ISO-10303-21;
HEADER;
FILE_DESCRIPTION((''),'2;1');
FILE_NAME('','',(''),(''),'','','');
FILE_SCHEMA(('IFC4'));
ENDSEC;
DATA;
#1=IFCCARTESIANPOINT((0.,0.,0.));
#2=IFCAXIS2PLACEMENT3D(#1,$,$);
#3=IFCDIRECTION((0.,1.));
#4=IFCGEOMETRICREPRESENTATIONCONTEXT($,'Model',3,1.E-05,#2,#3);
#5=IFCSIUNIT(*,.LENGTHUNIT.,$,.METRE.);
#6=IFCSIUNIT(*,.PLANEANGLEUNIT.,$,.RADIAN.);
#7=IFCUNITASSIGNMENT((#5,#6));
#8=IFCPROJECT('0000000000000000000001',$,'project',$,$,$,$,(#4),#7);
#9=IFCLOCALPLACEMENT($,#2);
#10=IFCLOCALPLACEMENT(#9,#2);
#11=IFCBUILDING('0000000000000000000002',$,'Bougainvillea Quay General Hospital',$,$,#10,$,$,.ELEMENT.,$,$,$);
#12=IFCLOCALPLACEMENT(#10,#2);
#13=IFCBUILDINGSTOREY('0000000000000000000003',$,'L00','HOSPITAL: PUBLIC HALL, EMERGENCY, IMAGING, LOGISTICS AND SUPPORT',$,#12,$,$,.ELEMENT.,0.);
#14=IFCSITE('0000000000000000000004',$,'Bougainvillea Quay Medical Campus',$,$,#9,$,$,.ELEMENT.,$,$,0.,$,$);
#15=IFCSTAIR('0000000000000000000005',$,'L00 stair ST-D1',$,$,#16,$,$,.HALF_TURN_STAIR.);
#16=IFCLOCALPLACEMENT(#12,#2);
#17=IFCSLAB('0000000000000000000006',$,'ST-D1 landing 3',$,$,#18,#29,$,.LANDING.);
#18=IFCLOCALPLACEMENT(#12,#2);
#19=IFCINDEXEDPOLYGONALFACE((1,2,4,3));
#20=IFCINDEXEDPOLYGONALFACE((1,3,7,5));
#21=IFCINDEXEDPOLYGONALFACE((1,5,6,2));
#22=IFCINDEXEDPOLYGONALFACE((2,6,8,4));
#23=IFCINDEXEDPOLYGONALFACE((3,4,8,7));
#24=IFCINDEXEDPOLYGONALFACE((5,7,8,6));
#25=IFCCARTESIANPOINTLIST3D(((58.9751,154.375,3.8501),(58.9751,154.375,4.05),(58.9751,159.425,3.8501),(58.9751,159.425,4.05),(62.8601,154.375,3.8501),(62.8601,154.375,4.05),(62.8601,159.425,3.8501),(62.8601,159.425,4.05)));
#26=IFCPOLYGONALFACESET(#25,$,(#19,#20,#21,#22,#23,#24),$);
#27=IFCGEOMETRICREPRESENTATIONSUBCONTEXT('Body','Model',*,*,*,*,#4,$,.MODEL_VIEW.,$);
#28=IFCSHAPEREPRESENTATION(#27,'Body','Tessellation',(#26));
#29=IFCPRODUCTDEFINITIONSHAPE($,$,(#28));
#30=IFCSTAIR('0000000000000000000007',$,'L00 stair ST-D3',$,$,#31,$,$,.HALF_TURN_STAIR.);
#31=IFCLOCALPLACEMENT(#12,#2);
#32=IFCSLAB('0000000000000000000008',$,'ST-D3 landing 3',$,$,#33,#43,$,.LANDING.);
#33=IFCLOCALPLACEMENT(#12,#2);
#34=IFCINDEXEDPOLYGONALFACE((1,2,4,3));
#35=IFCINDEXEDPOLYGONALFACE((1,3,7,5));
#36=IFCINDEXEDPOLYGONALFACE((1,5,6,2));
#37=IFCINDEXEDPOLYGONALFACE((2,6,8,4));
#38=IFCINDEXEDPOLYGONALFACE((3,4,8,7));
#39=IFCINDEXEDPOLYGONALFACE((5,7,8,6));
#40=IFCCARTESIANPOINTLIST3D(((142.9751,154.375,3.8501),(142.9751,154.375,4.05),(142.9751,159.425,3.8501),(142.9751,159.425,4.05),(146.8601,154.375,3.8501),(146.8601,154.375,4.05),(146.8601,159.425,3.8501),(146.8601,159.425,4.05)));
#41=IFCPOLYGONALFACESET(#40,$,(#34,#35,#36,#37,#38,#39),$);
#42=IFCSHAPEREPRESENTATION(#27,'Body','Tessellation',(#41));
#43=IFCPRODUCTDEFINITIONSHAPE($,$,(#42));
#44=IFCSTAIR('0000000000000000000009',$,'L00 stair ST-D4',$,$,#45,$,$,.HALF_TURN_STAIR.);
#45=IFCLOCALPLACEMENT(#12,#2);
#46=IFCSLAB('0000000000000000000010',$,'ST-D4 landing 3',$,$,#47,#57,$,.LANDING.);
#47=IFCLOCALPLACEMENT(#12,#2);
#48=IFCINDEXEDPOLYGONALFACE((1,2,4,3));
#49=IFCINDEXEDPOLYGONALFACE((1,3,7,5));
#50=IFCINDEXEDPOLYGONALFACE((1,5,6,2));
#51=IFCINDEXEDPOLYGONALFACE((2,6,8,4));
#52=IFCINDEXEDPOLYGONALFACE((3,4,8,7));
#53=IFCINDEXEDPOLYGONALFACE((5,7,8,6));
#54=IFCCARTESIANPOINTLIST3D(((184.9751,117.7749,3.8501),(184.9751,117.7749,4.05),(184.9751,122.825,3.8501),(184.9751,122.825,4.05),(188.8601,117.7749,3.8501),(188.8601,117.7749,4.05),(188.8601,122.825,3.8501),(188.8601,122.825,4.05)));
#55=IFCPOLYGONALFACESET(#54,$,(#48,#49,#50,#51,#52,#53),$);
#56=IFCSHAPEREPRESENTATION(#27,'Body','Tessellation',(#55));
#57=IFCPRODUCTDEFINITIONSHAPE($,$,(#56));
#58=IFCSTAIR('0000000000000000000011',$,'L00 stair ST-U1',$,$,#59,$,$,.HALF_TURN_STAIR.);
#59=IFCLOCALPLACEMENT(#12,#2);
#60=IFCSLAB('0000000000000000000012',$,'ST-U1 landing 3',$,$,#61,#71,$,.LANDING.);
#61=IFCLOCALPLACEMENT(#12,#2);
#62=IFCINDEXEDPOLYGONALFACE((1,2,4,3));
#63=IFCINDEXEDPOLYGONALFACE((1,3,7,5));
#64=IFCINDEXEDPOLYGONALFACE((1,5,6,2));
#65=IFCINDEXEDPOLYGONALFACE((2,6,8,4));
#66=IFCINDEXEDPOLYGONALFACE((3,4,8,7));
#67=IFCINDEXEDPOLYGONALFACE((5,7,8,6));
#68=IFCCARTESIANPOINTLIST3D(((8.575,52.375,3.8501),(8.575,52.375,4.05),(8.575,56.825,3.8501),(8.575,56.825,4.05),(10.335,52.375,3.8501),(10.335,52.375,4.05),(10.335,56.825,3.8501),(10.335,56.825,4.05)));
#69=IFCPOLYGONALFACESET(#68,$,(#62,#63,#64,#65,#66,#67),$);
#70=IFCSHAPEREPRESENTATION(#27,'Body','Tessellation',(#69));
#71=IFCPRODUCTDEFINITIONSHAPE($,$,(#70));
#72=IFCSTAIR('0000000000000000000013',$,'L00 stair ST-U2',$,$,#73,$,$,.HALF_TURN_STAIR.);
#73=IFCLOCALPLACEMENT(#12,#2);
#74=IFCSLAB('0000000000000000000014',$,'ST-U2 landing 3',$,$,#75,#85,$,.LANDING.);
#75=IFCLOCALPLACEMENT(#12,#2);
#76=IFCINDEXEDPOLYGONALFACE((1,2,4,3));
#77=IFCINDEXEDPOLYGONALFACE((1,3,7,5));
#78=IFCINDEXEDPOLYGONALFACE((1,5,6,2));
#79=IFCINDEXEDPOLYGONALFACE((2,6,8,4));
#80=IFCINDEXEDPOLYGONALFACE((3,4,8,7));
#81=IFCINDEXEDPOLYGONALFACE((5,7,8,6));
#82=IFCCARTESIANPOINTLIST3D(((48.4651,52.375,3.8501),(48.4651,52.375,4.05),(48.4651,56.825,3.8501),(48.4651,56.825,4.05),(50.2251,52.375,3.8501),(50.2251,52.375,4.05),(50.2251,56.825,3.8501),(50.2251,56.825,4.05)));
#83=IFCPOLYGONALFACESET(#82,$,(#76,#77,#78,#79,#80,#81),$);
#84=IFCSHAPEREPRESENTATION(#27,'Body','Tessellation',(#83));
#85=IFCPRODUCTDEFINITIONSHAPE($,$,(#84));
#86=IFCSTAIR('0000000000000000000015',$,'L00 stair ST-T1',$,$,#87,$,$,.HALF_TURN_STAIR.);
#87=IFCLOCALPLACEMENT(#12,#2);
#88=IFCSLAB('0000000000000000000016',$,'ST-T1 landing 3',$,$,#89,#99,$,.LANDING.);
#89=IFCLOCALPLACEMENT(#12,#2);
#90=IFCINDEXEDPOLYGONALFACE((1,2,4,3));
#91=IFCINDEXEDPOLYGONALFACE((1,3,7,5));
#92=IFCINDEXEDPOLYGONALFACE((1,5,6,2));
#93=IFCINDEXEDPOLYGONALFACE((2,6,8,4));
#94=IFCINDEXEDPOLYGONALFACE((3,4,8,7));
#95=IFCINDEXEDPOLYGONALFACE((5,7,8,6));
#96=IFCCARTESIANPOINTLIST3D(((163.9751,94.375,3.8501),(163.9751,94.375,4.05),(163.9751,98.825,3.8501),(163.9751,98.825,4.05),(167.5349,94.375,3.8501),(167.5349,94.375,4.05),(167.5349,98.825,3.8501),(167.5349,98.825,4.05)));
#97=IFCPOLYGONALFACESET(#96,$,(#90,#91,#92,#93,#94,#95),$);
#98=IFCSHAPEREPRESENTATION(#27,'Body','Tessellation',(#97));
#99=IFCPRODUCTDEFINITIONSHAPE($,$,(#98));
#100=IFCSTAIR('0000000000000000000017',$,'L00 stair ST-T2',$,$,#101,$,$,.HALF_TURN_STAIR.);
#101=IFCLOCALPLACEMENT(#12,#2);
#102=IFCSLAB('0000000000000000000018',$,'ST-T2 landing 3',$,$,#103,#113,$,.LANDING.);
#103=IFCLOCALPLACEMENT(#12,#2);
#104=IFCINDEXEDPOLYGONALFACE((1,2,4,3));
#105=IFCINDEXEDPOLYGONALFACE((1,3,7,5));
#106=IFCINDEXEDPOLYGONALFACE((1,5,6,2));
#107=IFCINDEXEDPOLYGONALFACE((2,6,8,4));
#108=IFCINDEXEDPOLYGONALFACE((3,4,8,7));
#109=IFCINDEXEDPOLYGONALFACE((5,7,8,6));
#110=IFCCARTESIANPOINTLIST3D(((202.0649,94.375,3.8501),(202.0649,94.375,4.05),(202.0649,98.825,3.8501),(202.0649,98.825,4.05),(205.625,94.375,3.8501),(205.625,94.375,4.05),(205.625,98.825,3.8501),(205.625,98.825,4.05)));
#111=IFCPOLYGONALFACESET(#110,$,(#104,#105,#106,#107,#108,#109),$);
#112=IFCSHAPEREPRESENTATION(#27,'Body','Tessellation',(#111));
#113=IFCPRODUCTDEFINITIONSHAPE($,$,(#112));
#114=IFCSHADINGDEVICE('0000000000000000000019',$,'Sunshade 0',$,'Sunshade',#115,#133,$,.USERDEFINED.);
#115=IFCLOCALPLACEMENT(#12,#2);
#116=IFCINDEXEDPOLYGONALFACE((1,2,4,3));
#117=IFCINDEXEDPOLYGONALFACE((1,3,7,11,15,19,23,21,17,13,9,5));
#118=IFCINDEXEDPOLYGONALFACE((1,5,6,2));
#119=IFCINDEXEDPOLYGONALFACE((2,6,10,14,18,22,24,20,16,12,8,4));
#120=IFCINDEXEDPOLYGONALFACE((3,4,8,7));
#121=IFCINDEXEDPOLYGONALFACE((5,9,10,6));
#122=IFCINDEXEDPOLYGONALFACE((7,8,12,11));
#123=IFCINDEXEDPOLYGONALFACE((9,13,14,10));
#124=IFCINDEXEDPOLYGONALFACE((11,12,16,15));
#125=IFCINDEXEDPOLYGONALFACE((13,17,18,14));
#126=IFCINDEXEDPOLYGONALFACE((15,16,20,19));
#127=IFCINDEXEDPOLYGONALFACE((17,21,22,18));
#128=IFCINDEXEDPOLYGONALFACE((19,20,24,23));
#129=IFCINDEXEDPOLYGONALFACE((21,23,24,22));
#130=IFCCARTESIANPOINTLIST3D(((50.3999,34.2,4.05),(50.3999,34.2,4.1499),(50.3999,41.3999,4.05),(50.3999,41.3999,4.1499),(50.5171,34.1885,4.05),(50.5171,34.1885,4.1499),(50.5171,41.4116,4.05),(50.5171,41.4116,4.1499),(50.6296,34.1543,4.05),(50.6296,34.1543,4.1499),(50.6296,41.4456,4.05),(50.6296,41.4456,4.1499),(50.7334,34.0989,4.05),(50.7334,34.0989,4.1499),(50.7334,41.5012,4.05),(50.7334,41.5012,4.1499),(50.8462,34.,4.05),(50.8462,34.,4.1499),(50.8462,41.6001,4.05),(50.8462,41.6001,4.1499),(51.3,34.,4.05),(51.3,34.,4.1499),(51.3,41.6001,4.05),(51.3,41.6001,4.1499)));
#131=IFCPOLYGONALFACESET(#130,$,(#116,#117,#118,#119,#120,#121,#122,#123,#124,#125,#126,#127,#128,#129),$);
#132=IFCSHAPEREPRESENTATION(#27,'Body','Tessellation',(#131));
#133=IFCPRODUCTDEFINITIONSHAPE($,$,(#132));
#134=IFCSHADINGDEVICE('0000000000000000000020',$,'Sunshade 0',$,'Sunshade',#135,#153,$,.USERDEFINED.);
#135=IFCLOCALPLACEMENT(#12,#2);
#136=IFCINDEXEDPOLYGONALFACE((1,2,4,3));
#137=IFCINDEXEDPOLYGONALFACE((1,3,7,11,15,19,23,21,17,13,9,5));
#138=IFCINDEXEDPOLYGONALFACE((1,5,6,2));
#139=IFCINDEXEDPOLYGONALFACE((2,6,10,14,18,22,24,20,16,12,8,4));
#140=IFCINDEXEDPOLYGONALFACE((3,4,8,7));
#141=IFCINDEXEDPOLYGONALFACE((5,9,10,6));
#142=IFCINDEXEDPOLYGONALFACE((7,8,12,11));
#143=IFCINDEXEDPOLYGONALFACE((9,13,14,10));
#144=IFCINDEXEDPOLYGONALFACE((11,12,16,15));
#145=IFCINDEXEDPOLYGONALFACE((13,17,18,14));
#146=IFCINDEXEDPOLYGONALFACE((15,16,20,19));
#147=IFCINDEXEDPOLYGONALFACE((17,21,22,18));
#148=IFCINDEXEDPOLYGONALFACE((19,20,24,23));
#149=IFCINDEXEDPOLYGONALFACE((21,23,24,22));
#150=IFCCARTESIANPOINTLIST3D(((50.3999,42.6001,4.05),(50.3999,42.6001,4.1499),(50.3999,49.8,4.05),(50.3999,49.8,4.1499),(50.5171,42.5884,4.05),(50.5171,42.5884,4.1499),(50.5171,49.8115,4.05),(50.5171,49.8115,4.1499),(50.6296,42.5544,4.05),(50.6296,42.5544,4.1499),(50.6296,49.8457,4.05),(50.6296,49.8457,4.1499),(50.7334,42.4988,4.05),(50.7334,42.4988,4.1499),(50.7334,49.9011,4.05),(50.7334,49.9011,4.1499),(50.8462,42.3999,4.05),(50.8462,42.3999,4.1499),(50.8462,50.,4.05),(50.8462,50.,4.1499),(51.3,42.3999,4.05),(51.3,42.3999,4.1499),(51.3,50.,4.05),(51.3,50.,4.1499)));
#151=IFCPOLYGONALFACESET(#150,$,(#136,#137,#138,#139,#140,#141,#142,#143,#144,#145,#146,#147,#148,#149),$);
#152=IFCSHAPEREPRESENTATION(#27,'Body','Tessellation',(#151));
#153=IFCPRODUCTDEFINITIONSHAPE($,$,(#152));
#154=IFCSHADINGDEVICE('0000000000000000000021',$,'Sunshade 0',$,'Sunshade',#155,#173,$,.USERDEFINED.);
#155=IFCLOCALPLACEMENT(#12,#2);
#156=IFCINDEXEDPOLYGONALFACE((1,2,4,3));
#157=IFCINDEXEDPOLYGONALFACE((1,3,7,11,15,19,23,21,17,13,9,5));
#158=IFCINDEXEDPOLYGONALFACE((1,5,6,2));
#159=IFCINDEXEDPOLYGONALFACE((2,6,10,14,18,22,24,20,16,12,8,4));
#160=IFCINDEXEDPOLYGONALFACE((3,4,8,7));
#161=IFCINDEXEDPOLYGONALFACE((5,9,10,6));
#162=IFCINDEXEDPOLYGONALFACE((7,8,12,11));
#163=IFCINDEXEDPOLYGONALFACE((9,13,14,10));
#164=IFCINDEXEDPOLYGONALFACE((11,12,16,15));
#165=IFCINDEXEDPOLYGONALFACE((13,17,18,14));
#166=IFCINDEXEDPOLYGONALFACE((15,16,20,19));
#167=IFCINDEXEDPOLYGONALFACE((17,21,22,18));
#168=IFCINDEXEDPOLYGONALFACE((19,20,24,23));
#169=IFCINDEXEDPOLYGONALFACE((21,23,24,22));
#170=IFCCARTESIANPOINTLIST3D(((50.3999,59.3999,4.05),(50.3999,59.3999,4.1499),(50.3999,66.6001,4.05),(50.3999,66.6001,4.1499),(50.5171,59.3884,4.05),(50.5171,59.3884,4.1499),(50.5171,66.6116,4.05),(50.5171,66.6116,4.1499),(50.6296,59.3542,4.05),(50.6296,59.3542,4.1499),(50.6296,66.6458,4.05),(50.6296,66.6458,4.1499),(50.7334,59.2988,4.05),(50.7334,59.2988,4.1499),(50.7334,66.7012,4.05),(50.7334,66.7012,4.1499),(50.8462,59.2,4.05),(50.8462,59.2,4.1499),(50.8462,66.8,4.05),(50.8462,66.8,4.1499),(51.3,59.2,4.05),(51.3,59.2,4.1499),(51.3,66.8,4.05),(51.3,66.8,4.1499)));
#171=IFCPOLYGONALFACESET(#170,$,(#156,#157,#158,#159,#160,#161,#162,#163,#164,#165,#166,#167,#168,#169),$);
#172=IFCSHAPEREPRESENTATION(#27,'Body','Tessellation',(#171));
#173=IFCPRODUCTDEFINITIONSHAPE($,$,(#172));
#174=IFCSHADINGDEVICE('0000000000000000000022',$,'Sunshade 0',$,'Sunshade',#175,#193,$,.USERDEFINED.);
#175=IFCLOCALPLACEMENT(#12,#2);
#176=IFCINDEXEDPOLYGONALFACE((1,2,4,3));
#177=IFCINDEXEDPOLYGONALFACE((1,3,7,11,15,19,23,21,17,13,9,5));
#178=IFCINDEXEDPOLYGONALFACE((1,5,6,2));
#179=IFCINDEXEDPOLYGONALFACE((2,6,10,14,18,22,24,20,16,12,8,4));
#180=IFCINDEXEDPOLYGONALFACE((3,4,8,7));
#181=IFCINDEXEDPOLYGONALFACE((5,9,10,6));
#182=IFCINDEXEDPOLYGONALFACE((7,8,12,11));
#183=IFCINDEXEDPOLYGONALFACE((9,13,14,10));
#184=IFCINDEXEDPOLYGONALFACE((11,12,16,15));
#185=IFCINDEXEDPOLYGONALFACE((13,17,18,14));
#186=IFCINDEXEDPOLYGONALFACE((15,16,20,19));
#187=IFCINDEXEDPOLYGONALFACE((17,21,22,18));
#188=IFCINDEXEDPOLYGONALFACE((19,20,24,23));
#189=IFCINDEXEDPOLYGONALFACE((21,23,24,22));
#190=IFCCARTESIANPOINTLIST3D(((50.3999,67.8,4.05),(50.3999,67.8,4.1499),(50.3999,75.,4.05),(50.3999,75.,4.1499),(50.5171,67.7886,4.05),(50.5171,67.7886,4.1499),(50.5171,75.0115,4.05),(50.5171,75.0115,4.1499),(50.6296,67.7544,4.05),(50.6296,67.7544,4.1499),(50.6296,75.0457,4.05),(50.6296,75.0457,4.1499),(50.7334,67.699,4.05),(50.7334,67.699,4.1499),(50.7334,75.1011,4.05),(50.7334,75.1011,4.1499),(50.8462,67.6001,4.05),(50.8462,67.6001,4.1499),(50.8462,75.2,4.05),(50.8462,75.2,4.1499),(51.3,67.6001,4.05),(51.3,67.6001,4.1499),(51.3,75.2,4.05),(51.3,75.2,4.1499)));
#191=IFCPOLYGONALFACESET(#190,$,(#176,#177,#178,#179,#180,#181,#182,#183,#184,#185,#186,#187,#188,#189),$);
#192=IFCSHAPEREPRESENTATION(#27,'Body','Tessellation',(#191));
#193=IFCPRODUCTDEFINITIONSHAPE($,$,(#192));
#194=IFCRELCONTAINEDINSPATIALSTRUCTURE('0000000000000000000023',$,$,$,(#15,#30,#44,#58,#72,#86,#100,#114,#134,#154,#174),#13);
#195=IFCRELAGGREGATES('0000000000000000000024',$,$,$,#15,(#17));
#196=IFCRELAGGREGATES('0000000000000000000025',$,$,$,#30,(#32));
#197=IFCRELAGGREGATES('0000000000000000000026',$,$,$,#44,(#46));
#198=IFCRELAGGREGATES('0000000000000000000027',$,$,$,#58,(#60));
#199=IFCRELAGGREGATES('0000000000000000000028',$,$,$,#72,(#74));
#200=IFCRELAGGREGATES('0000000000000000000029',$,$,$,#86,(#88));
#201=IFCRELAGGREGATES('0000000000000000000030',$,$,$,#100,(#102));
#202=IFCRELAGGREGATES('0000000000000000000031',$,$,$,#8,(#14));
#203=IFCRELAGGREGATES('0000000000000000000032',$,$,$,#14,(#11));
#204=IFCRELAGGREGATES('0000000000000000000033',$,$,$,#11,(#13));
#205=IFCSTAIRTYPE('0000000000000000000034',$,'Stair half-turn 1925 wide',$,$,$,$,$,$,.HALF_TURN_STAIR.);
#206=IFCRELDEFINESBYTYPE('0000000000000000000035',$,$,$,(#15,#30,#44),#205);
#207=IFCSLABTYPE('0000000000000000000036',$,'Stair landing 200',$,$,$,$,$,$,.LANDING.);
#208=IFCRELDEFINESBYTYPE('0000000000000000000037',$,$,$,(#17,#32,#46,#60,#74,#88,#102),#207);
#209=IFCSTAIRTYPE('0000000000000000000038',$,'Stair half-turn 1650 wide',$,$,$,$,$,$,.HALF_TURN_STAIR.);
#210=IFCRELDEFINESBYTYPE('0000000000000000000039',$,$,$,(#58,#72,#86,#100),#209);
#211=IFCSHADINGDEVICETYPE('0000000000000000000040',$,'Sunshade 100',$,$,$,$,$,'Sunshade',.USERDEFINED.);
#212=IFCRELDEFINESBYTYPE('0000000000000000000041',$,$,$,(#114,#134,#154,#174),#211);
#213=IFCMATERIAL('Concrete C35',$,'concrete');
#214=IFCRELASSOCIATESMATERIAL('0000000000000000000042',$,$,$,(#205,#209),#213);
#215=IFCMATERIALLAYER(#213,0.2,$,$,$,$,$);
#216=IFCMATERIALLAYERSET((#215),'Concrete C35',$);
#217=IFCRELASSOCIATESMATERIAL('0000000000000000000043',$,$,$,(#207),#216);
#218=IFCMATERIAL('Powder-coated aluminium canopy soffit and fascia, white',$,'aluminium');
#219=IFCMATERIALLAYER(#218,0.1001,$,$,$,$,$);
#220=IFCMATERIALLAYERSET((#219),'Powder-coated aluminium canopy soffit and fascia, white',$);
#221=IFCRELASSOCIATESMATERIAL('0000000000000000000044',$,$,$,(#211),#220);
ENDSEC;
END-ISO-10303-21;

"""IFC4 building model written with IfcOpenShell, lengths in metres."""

from ifc_helpers import new_model, si_unit, direction, frame, origin, place, context, subcontext, project, spatial, polyline, outline, extrude, material, layer, layer_set, type_object, element, aggregate, save


model = new_model("IFC4")

# Units and contexts
model_context = context("Model", 3, precision=1e-05, world=origin(), true_north=direction((0.0, 1.0)))
body_context = subcontext(model_context, "Body", "Model", "MODEL_VIEW")
ifc_project = project(units=[si_unit("LENGTHUNIT", "METRE"), si_unit("PLANEANGLEUNIT", "RADIAN")], contexts=[model_context])

# Site, building, storey
site_placement = place(None, origin())
site = spatial("IfcSite", under=ifc_project, at=site_placement, Name="Bougainvillea Quay Medical Campus", CompositionType="ELEMENT", RefElevation=0.0)
building_placement = place(site_placement, origin())
building = spatial("IfcBuilding", under=site, at=building_placement, Name="Bougainvillea Quay General Hospital", CompositionType="ELEMENT")
storey_placement = place(building_placement, origin())
storey = spatial("IfcBuildingStorey", under=building, at=storey_placement, Name="L00", Description="HOSPITAL: PUBLIC HALL, EMERGENCY, IMAGING, LOGISTICS AND SUPPORT", CompositionType="ELEMENT", Elevation=0.0)

# Stairs, slabs
ifc_material_1 = material(Name="Concrete C35", Category="concrete")
stair_type_1 = type_object("IfcStairType", Name="Stair half-turn 1925 wide", PredefinedType="HALF_TURN_STAIR", material=ifc_material_1)
stair_1_placement = place(storey_placement, origin())
stair_1 = element("IfcStair", 1, at=stair_1_placement, inside=storey, type_object=stair_type_1, Name="L00 stair ST-D1", PredefinedType="HALF_TURN_STAIR")
ifc_layer_1 = layer(ifc_material_1, 0.2)
ifc_layer_set_1 = layer_set([ifc_layer_1], Name="Concrete C35")
slab_type = type_object("IfcSlabType", Name="Stair landing 200", PredefinedType="LANDING", material=ifc_layer_set_1)
slab_1_placement = place(storey_placement, frame((0.0, 0.0, 3.8501)))
slab_1 = element("IfcSlab", 2, at=slab_1_placement, type_object=slab_type, Name="ST-D1 landing 3", PredefinedType="LANDING", context=body_context, shape_type="SweptSolid", body=[
    extrude(outline(polyline([(62.8601, 159.425), (58.9751, 159.425), (58.9751, 154.375), (62.8601, 154.375), (62.8601, 159.425)])), origin(), (0.0, 0.0, 1.0), 0.2),
])
aggregate(stair_1, [slab_1])
stair_2_placement = place(storey_placement, origin())
stair_2 = element("IfcStair", 3, at=stair_2_placement, inside=storey, type_object=stair_type_1, Name="L00 stair ST-D3", PredefinedType="HALF_TURN_STAIR")
slab_2_placement = place(storey_placement, frame((0.0, 0.0, 3.8501)))
slab_2 = element("IfcSlab", 4, at=slab_2_placement, type_object=slab_type, Name="ST-D3 landing 3", PredefinedType="LANDING", context=body_context, shape_type="SweptSolid", body=[
    extrude(outline(polyline([(146.8601, 159.425), (142.9751, 159.425), (142.9751, 154.375), (146.8601, 154.375), (146.8601, 159.425)])), origin(), (0.0, 0.0, 1.0), 0.2),
])
aggregate(stair_2, [slab_2])
stair_3_placement = place(storey_placement, origin())
stair_3 = element("IfcStair", 5, at=stair_3_placement, inside=storey, type_object=stair_type_1, Name="L00 stair ST-D4", PredefinedType="HALF_TURN_STAIR")
slab_3_placement = place(storey_placement, frame((0.0, 0.0, 3.8501)))
slab_3 = element("IfcSlab", 6, at=slab_3_placement, type_object=slab_type, Name="ST-D4 landing 3", PredefinedType="LANDING", context=body_context, shape_type="SweptSolid", body=[
    extrude(outline(polyline([(188.8601, 122.825), (184.9751, 122.825), (184.9751, 117.7749), (188.8601, 117.7749), (188.8601, 122.825)])), origin(), (0.0, 0.0, 1.0), 0.2),
])
aggregate(stair_3, [slab_3])
stair_type_2 = type_object("IfcStairType", Name="Stair half-turn 1650 wide", PredefinedType="HALF_TURN_STAIR", material=ifc_material_1)
stair_4_placement = place(storey_placement, origin())
stair_4 = element("IfcStair", 7, at=stair_4_placement, inside=storey, type_object=stair_type_2, Name="L00 stair ST-U1", PredefinedType="HALF_TURN_STAIR")
slab_4_placement = place(storey_placement, frame((0.0, 0.0, 3.8501)))
slab_4 = element("IfcSlab", 8, at=slab_4_placement, type_object=slab_type, Name="ST-U1 landing 3", PredefinedType="LANDING", context=body_context, shape_type="SweptSolid", body=[
    extrude(outline(polyline([(10.335, 56.825), (8.575, 56.825), (8.575, 52.375), (10.335, 52.375), (10.335, 56.825)])), origin(), (0.0, 0.0, 1.0), 0.2),
])
aggregate(stair_4, [slab_4])
stair_5_placement = place(storey_placement, origin())
stair_5 = element("IfcStair", 9, at=stair_5_placement, inside=storey, type_object=stair_type_2, Name="L00 stair ST-U2", PredefinedType="HALF_TURN_STAIR")
slab_5_placement = place(storey_placement, frame((0.0, 0.0, 3.8501)))
slab_5 = element("IfcSlab", 10, at=slab_5_placement, type_object=slab_type, Name="ST-U2 landing 3", PredefinedType="LANDING", context=body_context, shape_type="SweptSolid", body=[
    extrude(outline(polyline([(48.4651, 52.375), (50.2251, 52.375), (50.2251, 56.825), (48.4651, 56.825), (48.4651, 52.375)])), origin(), (0.0, 0.0, 1.0), 0.2),
])
aggregate(stair_5, [slab_5])
stair_6_placement = place(storey_placement, origin())
stair_6 = element("IfcStair", 11, at=stair_6_placement, inside=storey, type_object=stair_type_2, Name="L00 stair ST-T1", PredefinedType="HALF_TURN_STAIR")
slab_6_placement = place(storey_placement, frame((0.0, 0.0, 3.8501)))
slab_6 = element("IfcSlab", 12, at=slab_6_placement, type_object=slab_type, Name="ST-T1 landing 3", PredefinedType="LANDING", context=body_context, shape_type="SweptSolid", body=[
    extrude(outline(polyline([(167.5349, 98.825), (163.9751, 98.825), (163.9751, 94.375), (167.5349, 94.375), (167.5349, 98.825)])), origin(), (0.0, 0.0, 1.0), 0.2),
])
aggregate(stair_6, [slab_6])
stair_7_placement = place(storey_placement, origin())
stair_7 = element("IfcStair", 13, at=stair_7_placement, inside=storey, type_object=stair_type_2, Name="L00 stair ST-T2", PredefinedType="HALF_TURN_STAIR")
slab_7_placement = place(storey_placement, frame((0.0, 0.0, 3.8501)))
slab_7 = element("IfcSlab", 14, at=slab_7_placement, type_object=slab_type, Name="ST-T2 landing 3", PredefinedType="LANDING", context=body_context, shape_type="SweptSolid", body=[
    extrude(outline(polyline([(202.0649, 94.375), (205.625, 94.375), (205.625, 98.825), (202.0649, 98.825), (202.0649, 94.375)])), origin(), (0.0, 0.0, 1.0), 0.2),
])
aggregate(stair_7, [slab_7])

# Shading devices
ifc_material_2 = material(Name="Powder-coated aluminium canopy soffit and fascia, white", Category="aluminium")
ifc_layer_2 = layer(ifc_material_2, 0.1001)
ifc_layer_set_2 = layer_set([ifc_layer_2], Name="Powder-coated aluminium canopy soffit and fascia, white")
shading_device_type = type_object("IfcShadingDeviceType", Name="Sunshade 100", ElementType="Sunshade", PredefinedType="USERDEFINED", material=ifc_layer_set_2)
shading_device_1_placement = place(storey_placement, frame((0.0, 0.0, 4.05)))
element("IfcShadingDevice", 15, at=shading_device_1_placement, inside=storey, type_object=shading_device_type, Name="Sunshade 0", ObjectType="Sunshade", PredefinedType="USERDEFINED", context=body_context, shape_type="SweptSolid", body=[
    extrude(outline(polyline([(50.3999, 41.3999), (50.3999, 34.2), (50.5171, 34.1885), (50.6296, 34.1543), (50.7334, 34.0989), (50.8462, 34.0), (51.3, 34.0), (51.3, 41.6001), (50.8462, 41.6001), (50.7334, 41.5012), (50.6296, 41.4456), (50.5171, 41.4116), (50.3999, 41.3999)])), origin(), (0.0, 0.0, 1.0), 0.0999),
])
shading_device_2_placement = place(storey_placement, frame((0.0, 0.0, 4.05)))
element("IfcShadingDevice", 16, at=shading_device_2_placement, inside=storey, type_object=shading_device_type, Name="Sunshade 0", ObjectType="Sunshade", PredefinedType="USERDEFINED", context=body_context, shape_type="SweptSolid", body=[
    extrude(outline(polyline([(50.3999, 49.8), (50.3999, 42.6001), (50.5171, 42.5884), (50.6296, 42.5544), (50.7334, 42.4988), (50.8462, 42.3999), (51.3, 42.3999), (51.3, 50.0), (50.8462, 50.0), (50.7334, 49.9011), (50.6296, 49.8457), (50.5171, 49.8115), (50.3999, 49.8)])), origin(), (0.0, 0.0, 1.0), 0.0999),
])
shading_device_3_placement = place(storey_placement, frame((0.0, 0.0, 4.05)))
element("IfcShadingDevice", 17, at=shading_device_3_placement, inside=storey, type_object=shading_device_type, Name="Sunshade 0", ObjectType="Sunshade", PredefinedType="USERDEFINED", context=body_context, shape_type="SweptSolid", body=[
    extrude(outline(polyline([(50.3999, 66.6001), (50.3999, 59.3999), (50.5171, 59.3884), (50.6296, 59.3542), (50.7334, 59.2988), (50.8462, 59.2), (51.3, 59.2), (51.3, 66.8), (50.8462, 66.8), (50.7334, 66.7012), (50.6296, 66.6458), (50.5171, 66.6116), (50.3999, 66.6001)])), origin(), (0.0, 0.0, 1.0), 0.0999),
])
shading_device_4_placement = place(storey_placement, frame((0.0, 0.0, 4.05)))
element("IfcShadingDevice", 18, at=shading_device_4_placement, inside=storey, type_object=shading_device_type, Name="Sunshade 0", ObjectType="Sunshade", PredefinedType="USERDEFINED", context=body_context, shape_type="SweptSolid", body=[
    extrude(outline(polyline([(50.3999, 75.0), (50.3999, 67.8), (50.5171, 67.7886), (50.6296, 67.7544), (50.7334, 67.699), (50.8462, 67.6001), (51.3, 67.6001), (51.3, 75.2), (50.8462, 75.2), (50.7334, 75.1011), (50.6296, 75.0457), (50.5171, 75.0115), (50.3999, 75.0)])), origin(), (0.0, 0.0, 1.0), 0.0999),
])

save(model, "model.ifc")
